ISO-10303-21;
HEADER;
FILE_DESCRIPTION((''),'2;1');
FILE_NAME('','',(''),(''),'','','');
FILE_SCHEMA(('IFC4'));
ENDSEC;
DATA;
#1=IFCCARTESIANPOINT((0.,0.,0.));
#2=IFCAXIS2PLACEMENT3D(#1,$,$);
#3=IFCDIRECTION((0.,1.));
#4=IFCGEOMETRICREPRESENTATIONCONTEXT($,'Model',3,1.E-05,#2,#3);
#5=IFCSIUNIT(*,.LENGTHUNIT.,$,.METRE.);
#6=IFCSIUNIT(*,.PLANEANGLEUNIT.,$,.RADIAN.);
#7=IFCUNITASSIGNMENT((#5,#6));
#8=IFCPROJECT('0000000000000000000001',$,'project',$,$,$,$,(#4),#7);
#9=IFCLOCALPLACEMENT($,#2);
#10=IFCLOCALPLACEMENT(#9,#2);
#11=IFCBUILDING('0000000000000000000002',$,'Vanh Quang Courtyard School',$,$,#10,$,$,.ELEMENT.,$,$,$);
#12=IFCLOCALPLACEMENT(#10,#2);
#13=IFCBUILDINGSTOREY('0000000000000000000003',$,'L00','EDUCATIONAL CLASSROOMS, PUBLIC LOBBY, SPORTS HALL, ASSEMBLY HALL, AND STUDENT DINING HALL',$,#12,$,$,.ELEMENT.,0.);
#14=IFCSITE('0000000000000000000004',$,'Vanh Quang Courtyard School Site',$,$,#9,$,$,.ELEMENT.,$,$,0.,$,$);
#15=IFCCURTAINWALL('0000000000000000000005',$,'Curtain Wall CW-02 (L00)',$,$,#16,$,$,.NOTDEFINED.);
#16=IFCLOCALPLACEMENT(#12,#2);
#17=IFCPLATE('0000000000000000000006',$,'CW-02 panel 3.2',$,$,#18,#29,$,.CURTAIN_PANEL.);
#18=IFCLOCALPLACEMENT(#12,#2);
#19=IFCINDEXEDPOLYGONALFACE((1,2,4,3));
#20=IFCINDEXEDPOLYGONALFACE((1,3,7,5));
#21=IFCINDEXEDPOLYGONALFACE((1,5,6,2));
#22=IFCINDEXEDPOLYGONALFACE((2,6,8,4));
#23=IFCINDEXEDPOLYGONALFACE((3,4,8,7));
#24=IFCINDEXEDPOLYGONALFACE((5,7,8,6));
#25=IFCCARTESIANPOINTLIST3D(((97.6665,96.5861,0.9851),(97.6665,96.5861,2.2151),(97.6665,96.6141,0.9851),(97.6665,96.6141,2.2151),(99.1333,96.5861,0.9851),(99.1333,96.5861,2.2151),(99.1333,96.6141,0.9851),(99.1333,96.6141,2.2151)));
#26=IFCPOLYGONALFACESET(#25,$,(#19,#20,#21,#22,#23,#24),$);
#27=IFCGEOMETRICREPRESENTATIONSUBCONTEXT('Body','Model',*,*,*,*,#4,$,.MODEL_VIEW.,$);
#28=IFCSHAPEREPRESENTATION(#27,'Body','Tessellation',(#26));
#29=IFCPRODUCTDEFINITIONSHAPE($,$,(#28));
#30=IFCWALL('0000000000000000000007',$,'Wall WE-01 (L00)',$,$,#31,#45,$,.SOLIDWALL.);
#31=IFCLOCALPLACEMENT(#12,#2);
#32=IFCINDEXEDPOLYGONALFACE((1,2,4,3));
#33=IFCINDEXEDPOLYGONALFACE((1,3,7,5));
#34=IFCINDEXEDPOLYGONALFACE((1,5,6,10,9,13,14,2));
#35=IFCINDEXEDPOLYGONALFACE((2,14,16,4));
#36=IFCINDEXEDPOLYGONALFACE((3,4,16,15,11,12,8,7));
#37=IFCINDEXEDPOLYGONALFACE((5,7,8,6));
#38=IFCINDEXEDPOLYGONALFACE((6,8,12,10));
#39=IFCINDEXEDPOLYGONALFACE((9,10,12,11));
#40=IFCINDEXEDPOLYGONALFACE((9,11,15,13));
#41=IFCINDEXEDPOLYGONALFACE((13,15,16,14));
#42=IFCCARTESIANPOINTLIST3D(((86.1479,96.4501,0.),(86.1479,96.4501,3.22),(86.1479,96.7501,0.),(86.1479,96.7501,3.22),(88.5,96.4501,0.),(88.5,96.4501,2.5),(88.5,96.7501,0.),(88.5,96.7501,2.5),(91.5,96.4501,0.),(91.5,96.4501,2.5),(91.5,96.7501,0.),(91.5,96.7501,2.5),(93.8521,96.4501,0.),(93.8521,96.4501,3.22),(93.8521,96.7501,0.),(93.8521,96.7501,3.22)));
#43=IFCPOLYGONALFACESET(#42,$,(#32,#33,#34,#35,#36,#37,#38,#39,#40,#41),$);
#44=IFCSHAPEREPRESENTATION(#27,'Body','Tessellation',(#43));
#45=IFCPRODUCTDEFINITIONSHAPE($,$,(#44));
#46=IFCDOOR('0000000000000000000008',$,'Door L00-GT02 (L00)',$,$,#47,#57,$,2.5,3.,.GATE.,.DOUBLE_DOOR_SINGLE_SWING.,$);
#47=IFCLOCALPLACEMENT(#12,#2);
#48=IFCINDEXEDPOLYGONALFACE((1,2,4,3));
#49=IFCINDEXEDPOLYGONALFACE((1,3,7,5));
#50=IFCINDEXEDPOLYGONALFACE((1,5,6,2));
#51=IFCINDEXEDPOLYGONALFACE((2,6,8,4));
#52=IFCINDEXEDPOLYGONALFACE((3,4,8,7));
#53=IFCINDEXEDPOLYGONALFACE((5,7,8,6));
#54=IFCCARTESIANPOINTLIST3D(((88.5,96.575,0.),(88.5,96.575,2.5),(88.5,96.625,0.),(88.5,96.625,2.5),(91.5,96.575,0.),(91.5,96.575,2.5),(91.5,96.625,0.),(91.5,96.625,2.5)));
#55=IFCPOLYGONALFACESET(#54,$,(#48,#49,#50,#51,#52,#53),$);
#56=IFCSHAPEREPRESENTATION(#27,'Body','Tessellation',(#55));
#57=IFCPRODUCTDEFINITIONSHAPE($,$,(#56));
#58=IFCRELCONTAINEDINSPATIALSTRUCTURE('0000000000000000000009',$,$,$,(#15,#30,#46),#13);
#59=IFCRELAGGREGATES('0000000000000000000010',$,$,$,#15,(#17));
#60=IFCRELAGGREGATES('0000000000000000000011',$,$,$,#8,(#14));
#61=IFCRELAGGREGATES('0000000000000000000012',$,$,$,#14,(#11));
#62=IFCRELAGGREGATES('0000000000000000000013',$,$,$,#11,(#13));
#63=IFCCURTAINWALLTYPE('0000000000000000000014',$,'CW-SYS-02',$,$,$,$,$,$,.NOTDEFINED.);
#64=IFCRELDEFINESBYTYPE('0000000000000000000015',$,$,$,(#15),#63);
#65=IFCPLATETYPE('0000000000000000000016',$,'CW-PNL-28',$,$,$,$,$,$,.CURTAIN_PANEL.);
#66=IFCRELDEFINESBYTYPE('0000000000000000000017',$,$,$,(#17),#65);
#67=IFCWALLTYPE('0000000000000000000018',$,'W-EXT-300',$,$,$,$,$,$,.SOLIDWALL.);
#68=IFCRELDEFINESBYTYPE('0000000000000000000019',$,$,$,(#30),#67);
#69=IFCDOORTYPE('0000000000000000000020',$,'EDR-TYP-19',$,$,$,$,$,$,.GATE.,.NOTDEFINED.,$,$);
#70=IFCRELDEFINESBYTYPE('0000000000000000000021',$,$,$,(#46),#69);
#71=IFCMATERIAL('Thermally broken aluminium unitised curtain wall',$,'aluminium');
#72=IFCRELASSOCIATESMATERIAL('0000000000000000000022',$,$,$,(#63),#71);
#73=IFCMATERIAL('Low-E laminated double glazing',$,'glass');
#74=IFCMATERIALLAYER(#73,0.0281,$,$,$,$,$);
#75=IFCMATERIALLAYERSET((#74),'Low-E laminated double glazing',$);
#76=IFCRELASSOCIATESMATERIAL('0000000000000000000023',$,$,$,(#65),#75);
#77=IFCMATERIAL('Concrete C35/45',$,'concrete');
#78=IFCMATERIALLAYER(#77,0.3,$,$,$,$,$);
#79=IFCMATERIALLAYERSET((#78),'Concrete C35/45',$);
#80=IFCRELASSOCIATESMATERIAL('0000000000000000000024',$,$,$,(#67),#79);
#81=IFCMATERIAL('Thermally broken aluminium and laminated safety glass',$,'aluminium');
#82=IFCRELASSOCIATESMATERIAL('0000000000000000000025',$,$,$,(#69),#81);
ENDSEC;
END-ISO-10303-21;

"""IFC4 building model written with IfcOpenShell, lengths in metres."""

from ifc_helpers import new_model, si_unit, direction, frame, frame_2d, origin, origin_2d, place, context, subcontext, project, spatial, rectangle, extrude, material, layer, layer_set, type_object, element, fill, aggregate, save


model = new_model("IFC4")

# Units and contexts
model_context = context("Model", 3, precision=1e-05, world=origin(), true_north=direction((0.0, 1.0)))
body_context = subcontext(model_context, "Body", "Model", "MODEL_VIEW")
ifc_project = project(units=[si_unit("LENGTHUNIT", "METRE"), si_unit("PLANEANGLEUNIT", "RADIAN")], contexts=[model_context])

# Site, building, storey
site_placement = place(None, origin())
site = spatial("IfcSite", under=ifc_project, at=site_placement, Name="Vanh Quang Courtyard School Site", CompositionType="ELEMENT", RefElevation=0.0)
building_placement = place(site_placement, origin())
building = spatial("IfcBuilding", under=site, at=building_placement, Name="Vanh Quang Courtyard School", CompositionType="ELEMENT")
storey_placement = place(building_placement, origin())
storey = spatial("IfcBuildingStorey", under=building, at=storey_placement, Name="L00", Description="EDUCATIONAL CLASSROOMS, PUBLIC LOBBY, SPORTS HALL, ASSEMBLY HALL, AND STUDENT DINING HALL", CompositionType="ELEMENT", Elevation=0.0)

# Shared definitions
ifc_material_1 = material(Name="Concrete C35/45", Category="concrete")

# Curtain wall, plate
ifc_material_2 = material(Name="Thermally broken aluminium unitised curtain wall", Category="aluminium")
curtain_wall_type = type_object("IfcCurtainWallType", Name="CW-SYS-02", PredefinedType="NOTDEFINED", material=ifc_material_2)
curtain_wall_placement = place(storey_placement, origin())
curtain_wall = element("IfcCurtainWall", 1, at=curtain_wall_placement, inside=storey, type_object=curtain_wall_type, Name="Curtain Wall CW-02 (L00)", PredefinedType="NOTDEFINED")
ifc_material_3 = material(Name="Low-E laminated double glazing", Category="glass")
ifc_layer_1 = layer(ifc_material_3, 0.0281)
ifc_layer_set_1 = layer_set([ifc_layer_1], Name="Low-E laminated double glazing")
plate_type = type_object("IfcPlateType", Name="CW-PNL-28", PredefinedType="CURTAIN_PANEL", material=ifc_layer_set_1)
plate_1_placement = place(storey_placement, frame((98.3999, 96.6001, 0.9851), z_axis=(0.0, 0.0, 1.0), x_axis=(1.0, 0.0, 0.0)))
plate_1 = element("IfcPlate", 2, at=plate_1_placement, type_object=plate_type, Name="CW-02 panel 3.2", PredefinedType="CURTAIN_PANEL", context=body_context, shape_type="SweptSolid", body=[
    extrude(rectangle(XDim=1.4668, YDim=0.0281, at=origin_2d()), origin(), (0.0, 0.0, 1.0), 1.23),
])
aggregate(curtain_wall, [plate_1])

# Wall, opening, door
ifc_layer_2 = layer(ifc_material_1, 0.3)
ifc_layer_set_2 = layer_set([ifc_layer_2], Name="Concrete C35/45")
wall_type = type_object("IfcWallType", Name="W-EXT-300", PredefinedType="SOLIDWALL", material=ifc_layer_set_2)
wall_placement = place(storey_placement, frame((86.1479, 96.6001, 0.0), z_axis=(0.0, 0.0, 1.0), x_axis=(1.0, 0.0, 0.0)))
wall = element("IfcWall", 3, at=wall_placement, inside=storey, type_object=wall_type, Name="Wall WE-01 (L00)", PredefinedType="SOLIDWALL", context=body_context, shape_type="SweptSolid", body=[
    extrude(rectangle(XDim=7.7041, YDim=0.3, at=frame_2d((3.8521, 0.0))), origin(), (0.0, 0.0, 1.0), 3.22),
])
opening_placement = place(wall_placement, frame((2.3521, 0.0, 0.0)))
opening = element("IfcOpeningElement", 4, at=opening_placement, cuts=wall, PredefinedType="OPENING", context=body_context, shape_type="SweptSolid", body=[
    extrude(rectangle(XDim=3.0, YDim=2.5, at=frame_2d((1.5, 1.25))), frame((0.0, 0.1602, 0.0), z_axis=(0.0, -1.0, 0.0), x_axis=(1.0, 0.0, 0.0)), (0.0, 0.0, 1.0), 0.3201),
])
ifc_material_4 = material(Name="Thermally broken aluminium and laminated safety glass", Category="aluminium")
door_type = type_object("IfcDoorType", Name="EDR-TYP-19", OperationType="NOTDEFINED", PredefinedType="GATE", material=ifc_material_4)
door_placement = place(opening_placement, origin())
door = element("IfcDoor", 5, at=door_placement, inside=storey, type_object=door_type, Name="Door L00-GT02 (L00)", OperationType="DOUBLE_DOOR_SINGLE_SWING", OverallHeight=2.5, OverallWidth=3.0, PredefinedType="GATE", context=body_context, shape_type="SweptSolid", body=[
    extrude(rectangle(XDim=3.0, YDim=2.5, at=frame_2d((1.5, 1.25))), frame((0.0, 0.0249, 0.0), z_axis=(0.0, -1.0, 0.0), x_axis=(1.0, 0.0, 0.0)), (0.0, 0.0, 1.0), 0.05),
])
fill(opening, door)

save(model, "model.ifc")
